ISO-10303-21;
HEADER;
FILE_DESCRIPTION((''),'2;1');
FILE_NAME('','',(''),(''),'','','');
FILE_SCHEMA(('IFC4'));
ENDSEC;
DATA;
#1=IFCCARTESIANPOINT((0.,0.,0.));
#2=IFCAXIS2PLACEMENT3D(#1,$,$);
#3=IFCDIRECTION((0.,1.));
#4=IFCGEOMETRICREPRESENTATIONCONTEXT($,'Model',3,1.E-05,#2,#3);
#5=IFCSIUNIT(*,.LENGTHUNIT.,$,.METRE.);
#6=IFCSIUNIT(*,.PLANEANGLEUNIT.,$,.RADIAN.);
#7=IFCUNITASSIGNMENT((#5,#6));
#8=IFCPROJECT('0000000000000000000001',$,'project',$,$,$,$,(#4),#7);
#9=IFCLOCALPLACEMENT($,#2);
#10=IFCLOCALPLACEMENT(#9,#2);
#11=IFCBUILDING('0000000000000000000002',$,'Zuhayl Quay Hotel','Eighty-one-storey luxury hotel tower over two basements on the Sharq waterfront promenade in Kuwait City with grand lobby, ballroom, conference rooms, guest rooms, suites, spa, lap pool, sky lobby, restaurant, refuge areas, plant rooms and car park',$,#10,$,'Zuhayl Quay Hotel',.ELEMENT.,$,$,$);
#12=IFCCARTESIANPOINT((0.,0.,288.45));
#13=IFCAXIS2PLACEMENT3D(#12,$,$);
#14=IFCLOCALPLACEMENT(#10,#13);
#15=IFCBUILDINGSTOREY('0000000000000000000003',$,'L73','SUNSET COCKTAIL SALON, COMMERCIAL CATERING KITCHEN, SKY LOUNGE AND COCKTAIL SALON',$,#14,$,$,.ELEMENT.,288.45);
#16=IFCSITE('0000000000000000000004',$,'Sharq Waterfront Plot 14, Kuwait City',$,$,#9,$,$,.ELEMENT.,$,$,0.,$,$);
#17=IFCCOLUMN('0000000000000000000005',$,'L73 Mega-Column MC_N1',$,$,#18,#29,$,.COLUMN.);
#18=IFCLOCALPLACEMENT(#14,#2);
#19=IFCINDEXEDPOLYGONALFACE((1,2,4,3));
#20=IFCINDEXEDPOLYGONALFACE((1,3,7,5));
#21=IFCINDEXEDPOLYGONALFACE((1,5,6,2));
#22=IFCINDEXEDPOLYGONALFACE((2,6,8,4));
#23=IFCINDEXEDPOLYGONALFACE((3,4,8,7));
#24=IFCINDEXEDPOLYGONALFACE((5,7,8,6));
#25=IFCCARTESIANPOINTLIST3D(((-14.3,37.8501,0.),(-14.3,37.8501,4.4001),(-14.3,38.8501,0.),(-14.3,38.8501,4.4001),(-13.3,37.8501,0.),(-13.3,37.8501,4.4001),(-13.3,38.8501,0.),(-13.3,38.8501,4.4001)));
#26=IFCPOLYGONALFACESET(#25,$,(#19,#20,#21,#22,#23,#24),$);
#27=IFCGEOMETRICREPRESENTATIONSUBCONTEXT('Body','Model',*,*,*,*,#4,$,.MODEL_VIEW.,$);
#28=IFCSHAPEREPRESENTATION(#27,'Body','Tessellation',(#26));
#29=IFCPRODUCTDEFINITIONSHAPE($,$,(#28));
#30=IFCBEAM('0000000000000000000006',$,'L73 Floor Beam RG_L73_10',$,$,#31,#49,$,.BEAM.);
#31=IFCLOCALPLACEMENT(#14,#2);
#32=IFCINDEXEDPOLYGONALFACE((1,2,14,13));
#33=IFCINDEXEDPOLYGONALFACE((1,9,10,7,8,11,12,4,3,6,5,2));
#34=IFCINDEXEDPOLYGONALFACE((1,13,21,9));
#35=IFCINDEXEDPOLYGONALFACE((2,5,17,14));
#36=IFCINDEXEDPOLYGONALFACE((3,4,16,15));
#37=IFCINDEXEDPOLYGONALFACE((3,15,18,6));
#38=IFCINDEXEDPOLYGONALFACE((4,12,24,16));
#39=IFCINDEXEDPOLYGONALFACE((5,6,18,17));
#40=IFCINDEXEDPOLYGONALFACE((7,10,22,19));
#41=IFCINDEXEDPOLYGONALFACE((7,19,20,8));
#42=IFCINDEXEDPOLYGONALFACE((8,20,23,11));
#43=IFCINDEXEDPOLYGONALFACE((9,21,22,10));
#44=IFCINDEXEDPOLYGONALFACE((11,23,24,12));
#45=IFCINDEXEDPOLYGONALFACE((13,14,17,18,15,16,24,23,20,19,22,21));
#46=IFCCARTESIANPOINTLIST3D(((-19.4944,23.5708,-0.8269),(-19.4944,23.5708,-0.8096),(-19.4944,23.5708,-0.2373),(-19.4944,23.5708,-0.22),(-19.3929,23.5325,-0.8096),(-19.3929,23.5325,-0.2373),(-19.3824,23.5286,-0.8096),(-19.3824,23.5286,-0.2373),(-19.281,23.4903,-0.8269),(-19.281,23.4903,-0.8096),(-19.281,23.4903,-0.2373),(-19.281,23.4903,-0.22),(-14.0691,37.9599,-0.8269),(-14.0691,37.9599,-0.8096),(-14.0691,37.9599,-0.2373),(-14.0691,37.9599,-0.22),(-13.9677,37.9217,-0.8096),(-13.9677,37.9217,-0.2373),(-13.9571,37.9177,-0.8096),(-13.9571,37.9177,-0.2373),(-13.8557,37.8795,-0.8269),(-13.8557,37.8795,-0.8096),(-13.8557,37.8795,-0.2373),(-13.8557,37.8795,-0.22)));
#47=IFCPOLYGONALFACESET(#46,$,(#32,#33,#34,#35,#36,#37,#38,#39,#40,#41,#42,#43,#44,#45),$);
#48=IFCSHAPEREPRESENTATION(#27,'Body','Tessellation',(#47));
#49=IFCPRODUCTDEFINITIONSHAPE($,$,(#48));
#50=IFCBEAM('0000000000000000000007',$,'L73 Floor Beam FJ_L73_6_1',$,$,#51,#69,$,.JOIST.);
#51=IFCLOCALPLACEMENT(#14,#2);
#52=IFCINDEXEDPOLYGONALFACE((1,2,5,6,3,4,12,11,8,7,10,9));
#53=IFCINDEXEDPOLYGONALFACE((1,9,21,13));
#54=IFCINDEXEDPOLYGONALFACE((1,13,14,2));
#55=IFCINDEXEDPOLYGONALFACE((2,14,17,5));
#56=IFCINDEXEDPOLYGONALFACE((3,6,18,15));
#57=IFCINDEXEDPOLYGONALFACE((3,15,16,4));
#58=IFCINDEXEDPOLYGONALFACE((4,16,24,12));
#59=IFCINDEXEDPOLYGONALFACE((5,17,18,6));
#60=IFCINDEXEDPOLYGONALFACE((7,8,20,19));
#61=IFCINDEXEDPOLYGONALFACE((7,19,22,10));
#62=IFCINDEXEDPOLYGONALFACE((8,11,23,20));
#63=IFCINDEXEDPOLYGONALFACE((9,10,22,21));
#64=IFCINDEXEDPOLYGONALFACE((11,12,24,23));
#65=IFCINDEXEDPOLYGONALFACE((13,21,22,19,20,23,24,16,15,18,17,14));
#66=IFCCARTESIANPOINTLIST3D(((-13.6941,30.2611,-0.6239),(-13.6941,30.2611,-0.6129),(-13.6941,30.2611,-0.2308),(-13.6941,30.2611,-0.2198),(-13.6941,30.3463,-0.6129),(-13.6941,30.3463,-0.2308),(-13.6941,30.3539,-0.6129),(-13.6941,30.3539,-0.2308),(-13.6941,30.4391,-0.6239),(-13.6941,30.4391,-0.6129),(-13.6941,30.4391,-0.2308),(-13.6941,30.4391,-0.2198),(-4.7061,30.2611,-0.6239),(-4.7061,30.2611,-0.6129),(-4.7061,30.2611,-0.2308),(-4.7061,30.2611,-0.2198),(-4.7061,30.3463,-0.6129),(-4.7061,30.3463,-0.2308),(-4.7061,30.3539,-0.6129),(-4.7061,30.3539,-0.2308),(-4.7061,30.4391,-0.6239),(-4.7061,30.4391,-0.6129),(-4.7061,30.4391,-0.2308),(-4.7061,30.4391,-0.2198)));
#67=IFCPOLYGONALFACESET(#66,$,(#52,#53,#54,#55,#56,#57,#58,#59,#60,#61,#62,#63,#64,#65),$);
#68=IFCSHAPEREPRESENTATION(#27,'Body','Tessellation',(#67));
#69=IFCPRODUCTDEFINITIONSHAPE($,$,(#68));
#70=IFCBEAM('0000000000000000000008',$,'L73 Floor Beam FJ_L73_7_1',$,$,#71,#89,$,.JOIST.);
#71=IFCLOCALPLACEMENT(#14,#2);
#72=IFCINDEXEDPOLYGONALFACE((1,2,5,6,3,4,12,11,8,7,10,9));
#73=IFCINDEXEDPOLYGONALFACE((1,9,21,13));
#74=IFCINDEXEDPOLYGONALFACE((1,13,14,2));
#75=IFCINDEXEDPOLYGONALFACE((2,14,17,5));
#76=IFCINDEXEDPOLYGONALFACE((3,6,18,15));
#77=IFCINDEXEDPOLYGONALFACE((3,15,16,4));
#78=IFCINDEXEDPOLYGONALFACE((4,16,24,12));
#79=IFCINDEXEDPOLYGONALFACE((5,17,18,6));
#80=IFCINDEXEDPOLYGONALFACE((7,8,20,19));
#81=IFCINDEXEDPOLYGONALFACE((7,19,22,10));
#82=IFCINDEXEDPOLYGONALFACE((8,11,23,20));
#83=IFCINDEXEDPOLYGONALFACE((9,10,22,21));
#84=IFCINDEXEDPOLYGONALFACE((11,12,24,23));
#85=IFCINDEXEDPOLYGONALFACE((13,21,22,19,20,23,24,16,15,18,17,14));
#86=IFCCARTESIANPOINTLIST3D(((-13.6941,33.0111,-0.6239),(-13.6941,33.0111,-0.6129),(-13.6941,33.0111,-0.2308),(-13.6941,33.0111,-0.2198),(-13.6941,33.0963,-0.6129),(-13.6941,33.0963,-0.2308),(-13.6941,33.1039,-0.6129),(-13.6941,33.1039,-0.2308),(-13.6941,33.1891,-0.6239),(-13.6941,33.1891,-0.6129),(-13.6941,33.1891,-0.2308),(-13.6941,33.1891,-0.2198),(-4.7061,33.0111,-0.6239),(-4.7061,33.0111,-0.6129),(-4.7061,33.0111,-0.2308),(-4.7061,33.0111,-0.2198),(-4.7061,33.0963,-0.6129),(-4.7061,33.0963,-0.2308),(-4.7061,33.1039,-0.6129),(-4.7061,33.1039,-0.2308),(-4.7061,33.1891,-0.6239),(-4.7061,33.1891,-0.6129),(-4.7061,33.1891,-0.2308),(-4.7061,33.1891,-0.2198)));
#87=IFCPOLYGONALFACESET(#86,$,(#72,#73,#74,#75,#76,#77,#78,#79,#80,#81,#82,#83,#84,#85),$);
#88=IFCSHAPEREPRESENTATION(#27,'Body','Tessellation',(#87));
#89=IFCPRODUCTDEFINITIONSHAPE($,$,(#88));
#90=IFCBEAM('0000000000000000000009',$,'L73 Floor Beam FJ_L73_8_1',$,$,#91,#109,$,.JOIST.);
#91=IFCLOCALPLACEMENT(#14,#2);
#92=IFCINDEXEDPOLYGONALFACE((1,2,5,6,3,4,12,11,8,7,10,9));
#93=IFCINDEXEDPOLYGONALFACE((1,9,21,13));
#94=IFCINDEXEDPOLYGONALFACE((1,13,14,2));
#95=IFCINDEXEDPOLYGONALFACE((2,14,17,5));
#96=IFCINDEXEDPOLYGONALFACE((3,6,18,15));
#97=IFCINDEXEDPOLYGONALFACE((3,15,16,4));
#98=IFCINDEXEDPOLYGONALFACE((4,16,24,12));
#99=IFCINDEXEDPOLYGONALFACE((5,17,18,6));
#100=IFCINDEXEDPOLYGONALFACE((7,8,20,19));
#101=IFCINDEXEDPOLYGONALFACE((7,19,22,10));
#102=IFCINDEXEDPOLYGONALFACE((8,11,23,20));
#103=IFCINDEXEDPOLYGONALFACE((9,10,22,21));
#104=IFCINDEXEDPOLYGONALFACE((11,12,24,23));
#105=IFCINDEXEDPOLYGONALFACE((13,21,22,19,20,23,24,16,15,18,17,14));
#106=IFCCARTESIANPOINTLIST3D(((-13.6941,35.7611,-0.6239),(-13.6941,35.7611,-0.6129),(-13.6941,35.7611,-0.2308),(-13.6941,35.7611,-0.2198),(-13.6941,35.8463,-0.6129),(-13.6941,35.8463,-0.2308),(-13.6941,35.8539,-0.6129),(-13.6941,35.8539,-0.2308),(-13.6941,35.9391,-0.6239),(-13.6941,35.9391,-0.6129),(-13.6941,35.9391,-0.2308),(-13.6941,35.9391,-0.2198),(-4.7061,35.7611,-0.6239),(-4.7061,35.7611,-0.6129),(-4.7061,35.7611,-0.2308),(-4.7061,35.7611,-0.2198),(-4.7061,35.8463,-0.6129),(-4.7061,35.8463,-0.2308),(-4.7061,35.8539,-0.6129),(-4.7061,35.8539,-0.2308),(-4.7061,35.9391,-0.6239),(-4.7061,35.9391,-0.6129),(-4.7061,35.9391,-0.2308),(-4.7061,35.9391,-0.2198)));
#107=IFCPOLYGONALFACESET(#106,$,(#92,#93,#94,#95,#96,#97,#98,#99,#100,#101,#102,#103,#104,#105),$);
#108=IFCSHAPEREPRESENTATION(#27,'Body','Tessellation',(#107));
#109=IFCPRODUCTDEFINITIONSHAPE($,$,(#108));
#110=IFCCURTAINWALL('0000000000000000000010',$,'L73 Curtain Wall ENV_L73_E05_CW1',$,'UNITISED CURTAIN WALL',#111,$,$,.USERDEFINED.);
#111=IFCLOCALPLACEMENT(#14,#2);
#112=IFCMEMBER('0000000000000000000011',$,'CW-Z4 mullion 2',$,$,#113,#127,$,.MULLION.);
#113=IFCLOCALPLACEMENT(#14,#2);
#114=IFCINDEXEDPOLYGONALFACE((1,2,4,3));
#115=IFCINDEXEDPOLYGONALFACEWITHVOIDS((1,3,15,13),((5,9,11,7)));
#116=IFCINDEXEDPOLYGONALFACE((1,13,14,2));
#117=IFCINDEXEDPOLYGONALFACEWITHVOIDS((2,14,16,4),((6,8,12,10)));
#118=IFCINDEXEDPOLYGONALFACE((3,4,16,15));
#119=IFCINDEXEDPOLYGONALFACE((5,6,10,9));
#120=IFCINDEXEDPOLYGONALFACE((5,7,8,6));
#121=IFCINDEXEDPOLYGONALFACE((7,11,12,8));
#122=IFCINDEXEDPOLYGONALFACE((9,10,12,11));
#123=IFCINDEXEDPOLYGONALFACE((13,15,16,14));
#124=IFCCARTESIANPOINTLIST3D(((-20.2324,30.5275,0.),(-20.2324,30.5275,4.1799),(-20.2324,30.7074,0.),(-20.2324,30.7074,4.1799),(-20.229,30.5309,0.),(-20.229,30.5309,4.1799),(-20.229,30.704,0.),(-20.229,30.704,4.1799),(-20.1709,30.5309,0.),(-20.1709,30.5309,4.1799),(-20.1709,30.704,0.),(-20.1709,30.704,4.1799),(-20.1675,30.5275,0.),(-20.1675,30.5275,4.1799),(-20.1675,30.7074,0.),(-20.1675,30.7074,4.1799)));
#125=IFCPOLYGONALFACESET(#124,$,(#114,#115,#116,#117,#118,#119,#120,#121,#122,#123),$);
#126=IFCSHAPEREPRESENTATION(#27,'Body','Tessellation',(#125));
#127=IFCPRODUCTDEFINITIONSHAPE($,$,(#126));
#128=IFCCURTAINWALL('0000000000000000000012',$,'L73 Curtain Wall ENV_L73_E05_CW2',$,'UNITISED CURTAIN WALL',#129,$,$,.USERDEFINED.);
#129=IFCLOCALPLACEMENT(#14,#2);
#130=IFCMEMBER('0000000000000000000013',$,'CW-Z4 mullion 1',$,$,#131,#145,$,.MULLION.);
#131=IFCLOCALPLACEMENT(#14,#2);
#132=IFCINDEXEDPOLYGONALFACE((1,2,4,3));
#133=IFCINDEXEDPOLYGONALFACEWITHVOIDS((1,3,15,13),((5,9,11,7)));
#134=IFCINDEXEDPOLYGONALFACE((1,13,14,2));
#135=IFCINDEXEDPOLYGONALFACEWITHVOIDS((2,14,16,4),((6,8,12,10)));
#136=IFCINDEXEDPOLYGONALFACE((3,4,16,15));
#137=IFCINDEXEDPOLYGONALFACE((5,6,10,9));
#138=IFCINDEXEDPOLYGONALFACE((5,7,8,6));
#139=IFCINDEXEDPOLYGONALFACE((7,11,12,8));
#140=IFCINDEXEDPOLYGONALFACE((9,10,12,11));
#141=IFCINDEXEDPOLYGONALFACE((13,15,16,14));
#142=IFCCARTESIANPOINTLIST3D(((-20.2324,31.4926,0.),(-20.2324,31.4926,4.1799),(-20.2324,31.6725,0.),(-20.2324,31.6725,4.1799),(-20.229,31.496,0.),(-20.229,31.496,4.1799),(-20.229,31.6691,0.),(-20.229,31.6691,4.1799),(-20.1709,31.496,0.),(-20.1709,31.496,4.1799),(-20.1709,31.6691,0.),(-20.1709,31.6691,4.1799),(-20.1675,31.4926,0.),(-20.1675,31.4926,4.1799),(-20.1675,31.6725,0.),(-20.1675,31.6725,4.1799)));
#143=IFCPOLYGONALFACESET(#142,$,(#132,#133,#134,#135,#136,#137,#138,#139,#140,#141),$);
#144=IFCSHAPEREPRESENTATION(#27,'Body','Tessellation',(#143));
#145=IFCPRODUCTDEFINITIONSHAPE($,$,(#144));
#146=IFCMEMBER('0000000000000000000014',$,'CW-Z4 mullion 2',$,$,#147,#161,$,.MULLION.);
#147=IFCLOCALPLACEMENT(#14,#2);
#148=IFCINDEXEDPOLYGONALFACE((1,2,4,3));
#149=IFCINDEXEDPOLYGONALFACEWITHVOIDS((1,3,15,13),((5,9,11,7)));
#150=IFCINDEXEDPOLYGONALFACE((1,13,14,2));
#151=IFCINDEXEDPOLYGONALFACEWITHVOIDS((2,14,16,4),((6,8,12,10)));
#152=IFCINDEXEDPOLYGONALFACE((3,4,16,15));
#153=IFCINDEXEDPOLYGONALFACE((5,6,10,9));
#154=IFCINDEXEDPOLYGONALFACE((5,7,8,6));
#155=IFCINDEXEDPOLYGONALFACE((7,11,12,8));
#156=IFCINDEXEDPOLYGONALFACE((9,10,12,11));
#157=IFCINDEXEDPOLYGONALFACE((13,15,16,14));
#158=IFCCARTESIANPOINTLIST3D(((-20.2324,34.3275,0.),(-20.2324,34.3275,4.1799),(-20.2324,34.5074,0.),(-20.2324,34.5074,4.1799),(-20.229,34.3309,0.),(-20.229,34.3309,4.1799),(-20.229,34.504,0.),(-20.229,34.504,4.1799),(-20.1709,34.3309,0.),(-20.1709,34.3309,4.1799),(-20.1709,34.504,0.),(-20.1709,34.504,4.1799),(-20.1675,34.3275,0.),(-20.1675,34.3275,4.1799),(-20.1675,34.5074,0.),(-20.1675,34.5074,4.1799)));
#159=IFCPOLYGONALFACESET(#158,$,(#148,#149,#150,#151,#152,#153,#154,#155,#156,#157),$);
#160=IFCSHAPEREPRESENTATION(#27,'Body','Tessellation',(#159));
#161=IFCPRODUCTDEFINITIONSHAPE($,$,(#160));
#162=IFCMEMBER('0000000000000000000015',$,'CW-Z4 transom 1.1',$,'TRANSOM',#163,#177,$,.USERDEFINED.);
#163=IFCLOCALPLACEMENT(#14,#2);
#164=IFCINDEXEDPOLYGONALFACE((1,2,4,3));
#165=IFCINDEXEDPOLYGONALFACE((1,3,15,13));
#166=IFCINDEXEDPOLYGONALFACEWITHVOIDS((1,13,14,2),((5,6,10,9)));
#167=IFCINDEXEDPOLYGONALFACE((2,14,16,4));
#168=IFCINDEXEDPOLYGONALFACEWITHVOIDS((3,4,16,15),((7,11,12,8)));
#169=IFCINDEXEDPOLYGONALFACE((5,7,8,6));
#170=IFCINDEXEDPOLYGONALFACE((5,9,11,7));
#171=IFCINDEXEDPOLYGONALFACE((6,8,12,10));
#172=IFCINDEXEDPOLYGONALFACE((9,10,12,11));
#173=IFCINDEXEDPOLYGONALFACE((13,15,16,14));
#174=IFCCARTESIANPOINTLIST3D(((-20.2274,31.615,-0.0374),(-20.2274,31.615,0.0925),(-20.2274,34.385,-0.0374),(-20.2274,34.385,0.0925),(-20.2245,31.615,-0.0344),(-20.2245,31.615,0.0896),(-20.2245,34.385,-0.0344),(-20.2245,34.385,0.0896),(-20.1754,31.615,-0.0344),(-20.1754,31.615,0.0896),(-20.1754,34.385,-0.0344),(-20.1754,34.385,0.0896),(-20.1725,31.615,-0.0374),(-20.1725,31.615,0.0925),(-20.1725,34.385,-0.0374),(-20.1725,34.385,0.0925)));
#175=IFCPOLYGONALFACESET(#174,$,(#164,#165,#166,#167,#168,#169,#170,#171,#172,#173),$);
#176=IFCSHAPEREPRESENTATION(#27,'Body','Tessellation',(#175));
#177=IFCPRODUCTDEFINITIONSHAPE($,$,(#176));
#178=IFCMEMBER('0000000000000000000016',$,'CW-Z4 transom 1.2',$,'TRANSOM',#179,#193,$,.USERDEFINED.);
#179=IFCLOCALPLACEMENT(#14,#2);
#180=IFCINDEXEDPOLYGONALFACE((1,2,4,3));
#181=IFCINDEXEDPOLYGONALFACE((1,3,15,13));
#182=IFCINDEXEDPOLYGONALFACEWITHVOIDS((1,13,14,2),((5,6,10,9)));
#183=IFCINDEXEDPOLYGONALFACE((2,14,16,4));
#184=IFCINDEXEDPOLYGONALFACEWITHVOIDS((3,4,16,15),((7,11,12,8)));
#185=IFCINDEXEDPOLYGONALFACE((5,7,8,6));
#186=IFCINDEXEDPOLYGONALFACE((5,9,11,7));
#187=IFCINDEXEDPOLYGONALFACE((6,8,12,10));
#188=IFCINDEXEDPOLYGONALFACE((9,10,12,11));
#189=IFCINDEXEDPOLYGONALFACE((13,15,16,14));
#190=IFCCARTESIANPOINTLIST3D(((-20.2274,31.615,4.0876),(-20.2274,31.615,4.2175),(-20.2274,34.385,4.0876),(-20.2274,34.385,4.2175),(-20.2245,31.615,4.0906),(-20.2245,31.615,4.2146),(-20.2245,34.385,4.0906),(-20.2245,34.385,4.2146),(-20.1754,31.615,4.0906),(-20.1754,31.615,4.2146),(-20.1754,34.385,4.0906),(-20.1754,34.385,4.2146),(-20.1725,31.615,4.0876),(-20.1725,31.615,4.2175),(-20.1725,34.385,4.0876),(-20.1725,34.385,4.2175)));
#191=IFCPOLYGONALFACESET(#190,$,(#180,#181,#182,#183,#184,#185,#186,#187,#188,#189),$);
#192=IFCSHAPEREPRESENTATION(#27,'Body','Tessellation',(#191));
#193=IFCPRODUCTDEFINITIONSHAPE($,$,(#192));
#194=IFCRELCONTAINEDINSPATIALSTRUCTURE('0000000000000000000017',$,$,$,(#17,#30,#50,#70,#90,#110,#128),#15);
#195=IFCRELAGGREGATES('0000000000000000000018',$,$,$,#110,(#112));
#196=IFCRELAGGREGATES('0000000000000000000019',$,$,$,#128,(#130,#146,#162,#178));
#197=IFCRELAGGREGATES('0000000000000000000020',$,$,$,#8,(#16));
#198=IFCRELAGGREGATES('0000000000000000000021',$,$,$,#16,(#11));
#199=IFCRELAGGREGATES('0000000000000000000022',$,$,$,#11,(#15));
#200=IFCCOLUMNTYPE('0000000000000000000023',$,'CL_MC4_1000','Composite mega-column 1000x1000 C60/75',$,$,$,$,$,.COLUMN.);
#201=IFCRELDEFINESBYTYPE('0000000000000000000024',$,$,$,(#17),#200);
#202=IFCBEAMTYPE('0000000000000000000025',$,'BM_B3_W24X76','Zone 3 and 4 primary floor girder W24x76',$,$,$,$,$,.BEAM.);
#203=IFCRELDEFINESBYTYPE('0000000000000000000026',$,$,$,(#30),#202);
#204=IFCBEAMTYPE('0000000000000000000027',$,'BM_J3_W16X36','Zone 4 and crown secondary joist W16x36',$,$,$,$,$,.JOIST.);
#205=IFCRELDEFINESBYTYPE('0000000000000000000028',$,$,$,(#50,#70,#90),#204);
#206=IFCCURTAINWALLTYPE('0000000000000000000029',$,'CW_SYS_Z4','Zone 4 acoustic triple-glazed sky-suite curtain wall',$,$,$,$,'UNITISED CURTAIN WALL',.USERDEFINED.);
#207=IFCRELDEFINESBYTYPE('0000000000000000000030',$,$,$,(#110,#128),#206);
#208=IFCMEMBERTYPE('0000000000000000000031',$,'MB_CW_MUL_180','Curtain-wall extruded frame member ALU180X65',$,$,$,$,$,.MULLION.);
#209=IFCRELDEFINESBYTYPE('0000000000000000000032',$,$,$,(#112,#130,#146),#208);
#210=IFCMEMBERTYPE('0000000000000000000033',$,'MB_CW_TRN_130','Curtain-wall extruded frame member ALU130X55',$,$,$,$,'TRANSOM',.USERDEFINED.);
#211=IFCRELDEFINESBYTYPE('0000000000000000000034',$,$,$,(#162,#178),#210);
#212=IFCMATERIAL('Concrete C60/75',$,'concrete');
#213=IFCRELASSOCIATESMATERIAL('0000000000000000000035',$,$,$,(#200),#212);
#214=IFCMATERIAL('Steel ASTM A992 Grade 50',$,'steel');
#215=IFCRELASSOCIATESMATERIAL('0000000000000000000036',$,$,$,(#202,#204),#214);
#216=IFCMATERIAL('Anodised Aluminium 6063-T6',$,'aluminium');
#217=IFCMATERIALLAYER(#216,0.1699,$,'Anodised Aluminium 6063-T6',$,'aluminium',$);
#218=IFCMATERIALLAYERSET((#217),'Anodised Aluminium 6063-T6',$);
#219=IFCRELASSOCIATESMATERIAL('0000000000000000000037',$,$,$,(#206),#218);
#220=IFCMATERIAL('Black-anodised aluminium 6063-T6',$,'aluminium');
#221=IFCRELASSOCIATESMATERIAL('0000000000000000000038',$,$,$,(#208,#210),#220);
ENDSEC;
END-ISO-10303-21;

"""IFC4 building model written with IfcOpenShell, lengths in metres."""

from ifc_helpers import new_model, si_unit, direction, frame, origin, origin_2d, place, context, subcontext, project, spatial, rectangle, hollow_rectangle, i_section, extrude, material, layer, layer_set, material_profile, profile_set, type_object, element, aggregate, save


model = new_model("IFC4")

# Units and contexts
model_context = context("Model", 3, precision=1e-05, world=origin(), true_north=direction((0.0, 1.0)))
body_context = subcontext(model_context, "Body", "Model", "MODEL_VIEW")
ifc_project = project(units=[si_unit("LENGTHUNIT", "METRE"), si_unit("PLANEANGLEUNIT", "RADIAN")], contexts=[model_context])

# Site, building, storey
site_placement = place(None, origin())
site = spatial("IfcSite", under=ifc_project, at=site_placement, Name="Sharq Waterfront Plot 14, Kuwait City", CompositionType="ELEMENT", RefElevation=0.0)
building_placement = place(site_placement, origin())
building = spatial("IfcBuilding", under=site, at=building_placement, Name="Zuhayl Quay Hotel", Description="Eighty-one-storey luxury hotel tower over two basements on the Sharq waterfront promenade in Kuwait City with grand lobby, ballroom, conference rooms, guest rooms, suites, spa, lap pool, sky lobby, restaurant, refuge areas, plant rooms and car park", LongName="Zuhayl Quay Hotel", CompositionType="ELEMENT")
storey_placement = place(building_placement, frame((0.0, 0.0, 288.45)))
storey = spatial("IfcBuildingStorey", under=building, at=storey_placement, Name="L73", Description="SUNSET COCKTAIL SALON, COMMERCIAL CATERING KITCHEN, SKY LOUNGE AND COCKTAIL SALON", CompositionType="ELEMENT", Elevation=288.45)

# Column
ifc_material_1 = material(Name="Concrete C60/75", Category="concrete")
ifc_material_profile_1 = material_profile(ifc_material_1, rectangle(XDim=1.0, YDim=1.0, at=origin_2d()), Name="RC1000X1000")
ifc_profile_set_1 = profile_set([ifc_material_profile_1], Name="Concrete C60/75")
column_type = type_object("IfcColumnType", Name="CL_MC4_1000", Description="Composite mega-column 1000x1000 C60/75", PredefinedType="COLUMN", material=ifc_profile_set_1)
column_placement = place(storey_placement, frame((-13.8, 38.3501, 0.0), z_axis=(0.0, 0.0, 1.0), x_axis=(1.0, 0.0, 0.0)))
element("IfcColumn", 1, at=column_placement, inside=storey, type_object=column_type, Name="L73 Mega-Column MC_N1", PredefinedType="COLUMN", context=body_context, shape_type="SweptSolid", body=[
    extrude(rectangle(XDim=1.0, YDim=1.0, at=origin_2d()), origin(), (0.0, 0.0, 1.0), 4.4001),
])

# Beams
ifc_material_2 = material(Name="Steel ASTM A992 Grade 50", Category="steel")
ifc_material_profile_2 = material_profile(ifc_material_2, i_section(OverallWidth=0.228, OverallDepth=0.6069, WebThickness=0.0112, FlangeThickness=0.0173, at=origin_2d()), Name="W24X76")
ifc_profile_set_2 = profile_set([ifc_material_profile_2], Name="Steel ASTM A992 Grade 50")
beam_type_1 = type_object("IfcBeamType", Name="BM_B3_W24X76", Description="Zone 3 and 4 primary floor girder W24x76", PredefinedType="BEAM", material=ifc_profile_set_2)
beam_placement = place(storey_placement, frame((-13.9624, 37.9197, -0.5234), z_axis=(-0.352797, -0.9357, 0.0), x_axis=(0.9357, -0.352797, 0.0)))
element("IfcBeam", 2, at=beam_placement, inside=storey, type_object=beam_type_1, Name="L73 Floor Beam RG_L73_10", PredefinedType="BEAM", context=body_context, shape_type="SweptSolid", body=[
    extrude(i_section(OverallWidth=0.228, OverallDepth=0.6069, WebThickness=0.0112, FlangeThickness=0.0173, at=origin_2d()), origin(), (0.0, 0.0, 1.0), 15.3779),
])
ifc_material_profile_3 = material_profile(ifc_material_2, i_section(OverallWidth=0.178, OverallDepth=0.4041, WebThickness=0.0076, FlangeThickness=0.011, at=origin_2d()), Name="W16X36")
ifc_profile_set_3 = profile_set([ifc_material_profile_3], Name="Steel ASTM A992 Grade 50")
beam_type_2 = type_object("IfcBeamType", Name="BM_J3_W16X36", Description="Zone 4 and crown secondary joist W16x36", PredefinedType="JOIST", material=ifc_profile_set_3)
for number, where, z_axis, x_axis, name in (
    (3, (-13.6941, 30.3501, -0.4219), (1.0, 0.0, 0.0), (0.0, 1.0, 0.0), "L73 Floor Beam FJ_L73_6_1"),
    (4, (-13.6941, 33.1001, -0.4219), (1.0, 0.0, 0.0), (0.0, 1.0, 0.0), "L73 Floor Beam FJ_L73_7_1"),
    (5, (-13.6941, 35.8501, -0.4219), (1.0, 0.0, 0.0), (0.0, 1.0, 0.0), "L73 Floor Beam FJ_L73_8_1"),
):
    element("IfcBeam", number, at=place(storey_placement, frame(where, z_axis=z_axis, x_axis=x_axis)), inside=storey, type_object=beam_type_2, Name=name, PredefinedType="JOIST", context=body_context, shape_type="SweptSolid", body=[
        extrude(i_section(OverallWidth=0.178, OverallDepth=0.4041, WebThickness=0.0076, FlangeThickness=0.011, at=origin_2d()), origin(), (0.0, 0.0, 1.0), 8.988),
    ])

# Curtain wall, member
ifc_material_3 = material(Name="Anodised Aluminium 6063-T6", Category="aluminium")
ifc_layer_1 = layer(ifc_material_3, 0.1699, Name="Anodised Aluminium 6063-T6", Category="aluminium")
ifc_layer_set_1 = layer_set([ifc_layer_1], Name="Anodised Aluminium 6063-T6")
curtain_wall_type = type_object("IfcCurtainWallType", Name="CW_SYS_Z4", Description="Zone 4 acoustic triple-glazed sky-suite curtain wall", ElementType="UNITISED CURTAIN WALL", PredefinedType="USERDEFINED", material=ifc_layer_set_1)
curtain_wall_1_placement = place(storey_placement, origin())
curtain_wall_1 = element("IfcCurtainWall", 6, at=curtain_wall_1_placement, inside=storey, type_object=curtain_wall_type, Name="L73 Curtain Wall ENV_L73_E05_CW1", ObjectType="UNITISED CURTAIN WALL", PredefinedType="USERDEFINED")
ifc_material_4 = material(Name="Black-anodised aluminium 6063-T6", Category="aluminium")
ifc_material_profile_4 = material_profile(ifc_material_4, hollow_rectangle(XDim=0.0649, YDim=0.1799, WallThickness=0.0034, at=origin_2d()), Name="ALU180X65")
ifc_profile_set_4 = profile_set([ifc_material_profile_4], Name="Black-anodised aluminium 6063-T6")
member_type_1 = type_object("IfcMemberType", Name="MB_CW_MUL_180", Description="Curtain-wall extruded frame member ALU180X65", PredefinedType="MULLION", material=ifc_profile_set_4)
member_1_placement = place(storey_placement, frame((-20.2, 30.6174, 0.0), z_axis=(0.0, 0.0, 1.0), x_axis=(-1.0, 0.0, 0.0)))
member_1 = element("IfcMember", 7, at=member_1_placement, type_object=member_type_1, Name="CW-Z4 mullion 2", PredefinedType="MULLION", context=body_context, shape_type="SweptSolid", body=[
    extrude(hollow_rectangle(XDim=0.0649, YDim=0.1799, WallThickness=0.0034, at=origin_2d()), origin(), (0.0, 0.0, 1.0), 4.1799),
])

# Curtain wall, members
curtain_wall_2_placement = place(storey_placement, origin())
curtain_wall_2 = element("IfcCurtainWall", 8, at=curtain_wall_2_placement, inside=storey, type_object=curtain_wall_type, Name="L73 Curtain Wall ENV_L73_E05_CW2", ObjectType="UNITISED CURTAIN WALL", PredefinedType="USERDEFINED")
member_2_placement = place(storey_placement, frame((-20.2, 31.5825, 0.0), z_axis=(0.0, 0.0, 1.0), x_axis=(-1.0, 0.0, 0.0)))
member_2 = element("IfcMember", 9, at=member_2_placement, type_object=member_type_1, Name="CW-Z4 mullion 1", PredefinedType="MULLION", context=body_context, shape_type="SweptSolid", body=[
    extrude(hollow_rectangle(XDim=0.0649, YDim=0.1799, WallThickness=0.0034, at=origin_2d()), origin(), (0.0, 0.0, 1.0), 4.1799),
])
member_3_placement = place(storey_placement, frame((-20.2, 34.4175, 0.0), z_axis=(0.0, 0.0, 1.0), x_axis=(-1.0, 0.0, 0.0)))
member_3 = element("IfcMember", 10, at=member_3_placement, type_object=member_type_1, Name="CW-Z4 mullion 2", PredefinedType="MULLION", context=body_context, shape_type="SweptSolid", body=[
    extrude(hollow_rectangle(XDim=0.0649, YDim=0.1799, WallThickness=0.0034, at=origin_2d()), origin(), (0.0, 0.0, 1.0), 4.1799),
])
ifc_material_profile_5 = material_profile(ifc_material_4, hollow_rectangle(XDim=0.0549, YDim=0.1299, WallThickness=0.0029, at=origin_2d()), Name="ALU130X55")
ifc_profile_set_5 = profile_set([ifc_material_profile_5], Name="Black-anodised aluminium 6063-T6")
member_type_2 = type_object("IfcMemberType", Name="MB_CW_TRN_130", Description="Curtain-wall extruded frame member ALU130X55", ElementType="TRANSOM", PredefinedType="USERDEFINED", material=ifc_profile_set_5)
member_4_placement = place(storey_placement, frame((-20.2, 31.615, 0.0276), z_axis=(0.0, 1.0, 0.0), x_axis=(-1.0, 0.0, 0.0)))
member_4 = element("IfcMember", 11, at=member_4_placement, type_object=member_type_2, Name="CW-Z4 transom 1.1", ObjectType="TRANSOM", PredefinedType="USERDEFINED", context=body_context, shape_type="SweptSolid", body=[
    extrude(hollow_rectangle(XDim=0.0549, YDim=0.1299, WallThickness=0.0029, at=origin_2d()), origin(), (0.0, 0.0, 1.0), 2.77),
])
member_5_placement = place(storey_placement, frame((-20.2, 31.615, 4.1526), z_axis=(0.0, 1.0, 0.0), x_axis=(-1.0, 0.0, 0.0)))
member_5 = element("IfcMember", 12, at=member_5_placement, type_object=member_type_2, Name="CW-Z4 transom 1.2", ObjectType="TRANSOM", PredefinedType="USERDEFINED", context=body_context, shape_type="SweptSolid", body=[
    extrude(hollow_rectangle(XDim=0.0549, YDim=0.1299, WallThickness=0.0029, at=origin_2d()), origin(), (0.0, 0.0, 1.0), 2.77),
])

aggregate(curtain_wall_1, [member_1])
aggregate(curtain_wall_2, [member_2, member_3, member_4, member_5])

save(model, "model.ifc")
